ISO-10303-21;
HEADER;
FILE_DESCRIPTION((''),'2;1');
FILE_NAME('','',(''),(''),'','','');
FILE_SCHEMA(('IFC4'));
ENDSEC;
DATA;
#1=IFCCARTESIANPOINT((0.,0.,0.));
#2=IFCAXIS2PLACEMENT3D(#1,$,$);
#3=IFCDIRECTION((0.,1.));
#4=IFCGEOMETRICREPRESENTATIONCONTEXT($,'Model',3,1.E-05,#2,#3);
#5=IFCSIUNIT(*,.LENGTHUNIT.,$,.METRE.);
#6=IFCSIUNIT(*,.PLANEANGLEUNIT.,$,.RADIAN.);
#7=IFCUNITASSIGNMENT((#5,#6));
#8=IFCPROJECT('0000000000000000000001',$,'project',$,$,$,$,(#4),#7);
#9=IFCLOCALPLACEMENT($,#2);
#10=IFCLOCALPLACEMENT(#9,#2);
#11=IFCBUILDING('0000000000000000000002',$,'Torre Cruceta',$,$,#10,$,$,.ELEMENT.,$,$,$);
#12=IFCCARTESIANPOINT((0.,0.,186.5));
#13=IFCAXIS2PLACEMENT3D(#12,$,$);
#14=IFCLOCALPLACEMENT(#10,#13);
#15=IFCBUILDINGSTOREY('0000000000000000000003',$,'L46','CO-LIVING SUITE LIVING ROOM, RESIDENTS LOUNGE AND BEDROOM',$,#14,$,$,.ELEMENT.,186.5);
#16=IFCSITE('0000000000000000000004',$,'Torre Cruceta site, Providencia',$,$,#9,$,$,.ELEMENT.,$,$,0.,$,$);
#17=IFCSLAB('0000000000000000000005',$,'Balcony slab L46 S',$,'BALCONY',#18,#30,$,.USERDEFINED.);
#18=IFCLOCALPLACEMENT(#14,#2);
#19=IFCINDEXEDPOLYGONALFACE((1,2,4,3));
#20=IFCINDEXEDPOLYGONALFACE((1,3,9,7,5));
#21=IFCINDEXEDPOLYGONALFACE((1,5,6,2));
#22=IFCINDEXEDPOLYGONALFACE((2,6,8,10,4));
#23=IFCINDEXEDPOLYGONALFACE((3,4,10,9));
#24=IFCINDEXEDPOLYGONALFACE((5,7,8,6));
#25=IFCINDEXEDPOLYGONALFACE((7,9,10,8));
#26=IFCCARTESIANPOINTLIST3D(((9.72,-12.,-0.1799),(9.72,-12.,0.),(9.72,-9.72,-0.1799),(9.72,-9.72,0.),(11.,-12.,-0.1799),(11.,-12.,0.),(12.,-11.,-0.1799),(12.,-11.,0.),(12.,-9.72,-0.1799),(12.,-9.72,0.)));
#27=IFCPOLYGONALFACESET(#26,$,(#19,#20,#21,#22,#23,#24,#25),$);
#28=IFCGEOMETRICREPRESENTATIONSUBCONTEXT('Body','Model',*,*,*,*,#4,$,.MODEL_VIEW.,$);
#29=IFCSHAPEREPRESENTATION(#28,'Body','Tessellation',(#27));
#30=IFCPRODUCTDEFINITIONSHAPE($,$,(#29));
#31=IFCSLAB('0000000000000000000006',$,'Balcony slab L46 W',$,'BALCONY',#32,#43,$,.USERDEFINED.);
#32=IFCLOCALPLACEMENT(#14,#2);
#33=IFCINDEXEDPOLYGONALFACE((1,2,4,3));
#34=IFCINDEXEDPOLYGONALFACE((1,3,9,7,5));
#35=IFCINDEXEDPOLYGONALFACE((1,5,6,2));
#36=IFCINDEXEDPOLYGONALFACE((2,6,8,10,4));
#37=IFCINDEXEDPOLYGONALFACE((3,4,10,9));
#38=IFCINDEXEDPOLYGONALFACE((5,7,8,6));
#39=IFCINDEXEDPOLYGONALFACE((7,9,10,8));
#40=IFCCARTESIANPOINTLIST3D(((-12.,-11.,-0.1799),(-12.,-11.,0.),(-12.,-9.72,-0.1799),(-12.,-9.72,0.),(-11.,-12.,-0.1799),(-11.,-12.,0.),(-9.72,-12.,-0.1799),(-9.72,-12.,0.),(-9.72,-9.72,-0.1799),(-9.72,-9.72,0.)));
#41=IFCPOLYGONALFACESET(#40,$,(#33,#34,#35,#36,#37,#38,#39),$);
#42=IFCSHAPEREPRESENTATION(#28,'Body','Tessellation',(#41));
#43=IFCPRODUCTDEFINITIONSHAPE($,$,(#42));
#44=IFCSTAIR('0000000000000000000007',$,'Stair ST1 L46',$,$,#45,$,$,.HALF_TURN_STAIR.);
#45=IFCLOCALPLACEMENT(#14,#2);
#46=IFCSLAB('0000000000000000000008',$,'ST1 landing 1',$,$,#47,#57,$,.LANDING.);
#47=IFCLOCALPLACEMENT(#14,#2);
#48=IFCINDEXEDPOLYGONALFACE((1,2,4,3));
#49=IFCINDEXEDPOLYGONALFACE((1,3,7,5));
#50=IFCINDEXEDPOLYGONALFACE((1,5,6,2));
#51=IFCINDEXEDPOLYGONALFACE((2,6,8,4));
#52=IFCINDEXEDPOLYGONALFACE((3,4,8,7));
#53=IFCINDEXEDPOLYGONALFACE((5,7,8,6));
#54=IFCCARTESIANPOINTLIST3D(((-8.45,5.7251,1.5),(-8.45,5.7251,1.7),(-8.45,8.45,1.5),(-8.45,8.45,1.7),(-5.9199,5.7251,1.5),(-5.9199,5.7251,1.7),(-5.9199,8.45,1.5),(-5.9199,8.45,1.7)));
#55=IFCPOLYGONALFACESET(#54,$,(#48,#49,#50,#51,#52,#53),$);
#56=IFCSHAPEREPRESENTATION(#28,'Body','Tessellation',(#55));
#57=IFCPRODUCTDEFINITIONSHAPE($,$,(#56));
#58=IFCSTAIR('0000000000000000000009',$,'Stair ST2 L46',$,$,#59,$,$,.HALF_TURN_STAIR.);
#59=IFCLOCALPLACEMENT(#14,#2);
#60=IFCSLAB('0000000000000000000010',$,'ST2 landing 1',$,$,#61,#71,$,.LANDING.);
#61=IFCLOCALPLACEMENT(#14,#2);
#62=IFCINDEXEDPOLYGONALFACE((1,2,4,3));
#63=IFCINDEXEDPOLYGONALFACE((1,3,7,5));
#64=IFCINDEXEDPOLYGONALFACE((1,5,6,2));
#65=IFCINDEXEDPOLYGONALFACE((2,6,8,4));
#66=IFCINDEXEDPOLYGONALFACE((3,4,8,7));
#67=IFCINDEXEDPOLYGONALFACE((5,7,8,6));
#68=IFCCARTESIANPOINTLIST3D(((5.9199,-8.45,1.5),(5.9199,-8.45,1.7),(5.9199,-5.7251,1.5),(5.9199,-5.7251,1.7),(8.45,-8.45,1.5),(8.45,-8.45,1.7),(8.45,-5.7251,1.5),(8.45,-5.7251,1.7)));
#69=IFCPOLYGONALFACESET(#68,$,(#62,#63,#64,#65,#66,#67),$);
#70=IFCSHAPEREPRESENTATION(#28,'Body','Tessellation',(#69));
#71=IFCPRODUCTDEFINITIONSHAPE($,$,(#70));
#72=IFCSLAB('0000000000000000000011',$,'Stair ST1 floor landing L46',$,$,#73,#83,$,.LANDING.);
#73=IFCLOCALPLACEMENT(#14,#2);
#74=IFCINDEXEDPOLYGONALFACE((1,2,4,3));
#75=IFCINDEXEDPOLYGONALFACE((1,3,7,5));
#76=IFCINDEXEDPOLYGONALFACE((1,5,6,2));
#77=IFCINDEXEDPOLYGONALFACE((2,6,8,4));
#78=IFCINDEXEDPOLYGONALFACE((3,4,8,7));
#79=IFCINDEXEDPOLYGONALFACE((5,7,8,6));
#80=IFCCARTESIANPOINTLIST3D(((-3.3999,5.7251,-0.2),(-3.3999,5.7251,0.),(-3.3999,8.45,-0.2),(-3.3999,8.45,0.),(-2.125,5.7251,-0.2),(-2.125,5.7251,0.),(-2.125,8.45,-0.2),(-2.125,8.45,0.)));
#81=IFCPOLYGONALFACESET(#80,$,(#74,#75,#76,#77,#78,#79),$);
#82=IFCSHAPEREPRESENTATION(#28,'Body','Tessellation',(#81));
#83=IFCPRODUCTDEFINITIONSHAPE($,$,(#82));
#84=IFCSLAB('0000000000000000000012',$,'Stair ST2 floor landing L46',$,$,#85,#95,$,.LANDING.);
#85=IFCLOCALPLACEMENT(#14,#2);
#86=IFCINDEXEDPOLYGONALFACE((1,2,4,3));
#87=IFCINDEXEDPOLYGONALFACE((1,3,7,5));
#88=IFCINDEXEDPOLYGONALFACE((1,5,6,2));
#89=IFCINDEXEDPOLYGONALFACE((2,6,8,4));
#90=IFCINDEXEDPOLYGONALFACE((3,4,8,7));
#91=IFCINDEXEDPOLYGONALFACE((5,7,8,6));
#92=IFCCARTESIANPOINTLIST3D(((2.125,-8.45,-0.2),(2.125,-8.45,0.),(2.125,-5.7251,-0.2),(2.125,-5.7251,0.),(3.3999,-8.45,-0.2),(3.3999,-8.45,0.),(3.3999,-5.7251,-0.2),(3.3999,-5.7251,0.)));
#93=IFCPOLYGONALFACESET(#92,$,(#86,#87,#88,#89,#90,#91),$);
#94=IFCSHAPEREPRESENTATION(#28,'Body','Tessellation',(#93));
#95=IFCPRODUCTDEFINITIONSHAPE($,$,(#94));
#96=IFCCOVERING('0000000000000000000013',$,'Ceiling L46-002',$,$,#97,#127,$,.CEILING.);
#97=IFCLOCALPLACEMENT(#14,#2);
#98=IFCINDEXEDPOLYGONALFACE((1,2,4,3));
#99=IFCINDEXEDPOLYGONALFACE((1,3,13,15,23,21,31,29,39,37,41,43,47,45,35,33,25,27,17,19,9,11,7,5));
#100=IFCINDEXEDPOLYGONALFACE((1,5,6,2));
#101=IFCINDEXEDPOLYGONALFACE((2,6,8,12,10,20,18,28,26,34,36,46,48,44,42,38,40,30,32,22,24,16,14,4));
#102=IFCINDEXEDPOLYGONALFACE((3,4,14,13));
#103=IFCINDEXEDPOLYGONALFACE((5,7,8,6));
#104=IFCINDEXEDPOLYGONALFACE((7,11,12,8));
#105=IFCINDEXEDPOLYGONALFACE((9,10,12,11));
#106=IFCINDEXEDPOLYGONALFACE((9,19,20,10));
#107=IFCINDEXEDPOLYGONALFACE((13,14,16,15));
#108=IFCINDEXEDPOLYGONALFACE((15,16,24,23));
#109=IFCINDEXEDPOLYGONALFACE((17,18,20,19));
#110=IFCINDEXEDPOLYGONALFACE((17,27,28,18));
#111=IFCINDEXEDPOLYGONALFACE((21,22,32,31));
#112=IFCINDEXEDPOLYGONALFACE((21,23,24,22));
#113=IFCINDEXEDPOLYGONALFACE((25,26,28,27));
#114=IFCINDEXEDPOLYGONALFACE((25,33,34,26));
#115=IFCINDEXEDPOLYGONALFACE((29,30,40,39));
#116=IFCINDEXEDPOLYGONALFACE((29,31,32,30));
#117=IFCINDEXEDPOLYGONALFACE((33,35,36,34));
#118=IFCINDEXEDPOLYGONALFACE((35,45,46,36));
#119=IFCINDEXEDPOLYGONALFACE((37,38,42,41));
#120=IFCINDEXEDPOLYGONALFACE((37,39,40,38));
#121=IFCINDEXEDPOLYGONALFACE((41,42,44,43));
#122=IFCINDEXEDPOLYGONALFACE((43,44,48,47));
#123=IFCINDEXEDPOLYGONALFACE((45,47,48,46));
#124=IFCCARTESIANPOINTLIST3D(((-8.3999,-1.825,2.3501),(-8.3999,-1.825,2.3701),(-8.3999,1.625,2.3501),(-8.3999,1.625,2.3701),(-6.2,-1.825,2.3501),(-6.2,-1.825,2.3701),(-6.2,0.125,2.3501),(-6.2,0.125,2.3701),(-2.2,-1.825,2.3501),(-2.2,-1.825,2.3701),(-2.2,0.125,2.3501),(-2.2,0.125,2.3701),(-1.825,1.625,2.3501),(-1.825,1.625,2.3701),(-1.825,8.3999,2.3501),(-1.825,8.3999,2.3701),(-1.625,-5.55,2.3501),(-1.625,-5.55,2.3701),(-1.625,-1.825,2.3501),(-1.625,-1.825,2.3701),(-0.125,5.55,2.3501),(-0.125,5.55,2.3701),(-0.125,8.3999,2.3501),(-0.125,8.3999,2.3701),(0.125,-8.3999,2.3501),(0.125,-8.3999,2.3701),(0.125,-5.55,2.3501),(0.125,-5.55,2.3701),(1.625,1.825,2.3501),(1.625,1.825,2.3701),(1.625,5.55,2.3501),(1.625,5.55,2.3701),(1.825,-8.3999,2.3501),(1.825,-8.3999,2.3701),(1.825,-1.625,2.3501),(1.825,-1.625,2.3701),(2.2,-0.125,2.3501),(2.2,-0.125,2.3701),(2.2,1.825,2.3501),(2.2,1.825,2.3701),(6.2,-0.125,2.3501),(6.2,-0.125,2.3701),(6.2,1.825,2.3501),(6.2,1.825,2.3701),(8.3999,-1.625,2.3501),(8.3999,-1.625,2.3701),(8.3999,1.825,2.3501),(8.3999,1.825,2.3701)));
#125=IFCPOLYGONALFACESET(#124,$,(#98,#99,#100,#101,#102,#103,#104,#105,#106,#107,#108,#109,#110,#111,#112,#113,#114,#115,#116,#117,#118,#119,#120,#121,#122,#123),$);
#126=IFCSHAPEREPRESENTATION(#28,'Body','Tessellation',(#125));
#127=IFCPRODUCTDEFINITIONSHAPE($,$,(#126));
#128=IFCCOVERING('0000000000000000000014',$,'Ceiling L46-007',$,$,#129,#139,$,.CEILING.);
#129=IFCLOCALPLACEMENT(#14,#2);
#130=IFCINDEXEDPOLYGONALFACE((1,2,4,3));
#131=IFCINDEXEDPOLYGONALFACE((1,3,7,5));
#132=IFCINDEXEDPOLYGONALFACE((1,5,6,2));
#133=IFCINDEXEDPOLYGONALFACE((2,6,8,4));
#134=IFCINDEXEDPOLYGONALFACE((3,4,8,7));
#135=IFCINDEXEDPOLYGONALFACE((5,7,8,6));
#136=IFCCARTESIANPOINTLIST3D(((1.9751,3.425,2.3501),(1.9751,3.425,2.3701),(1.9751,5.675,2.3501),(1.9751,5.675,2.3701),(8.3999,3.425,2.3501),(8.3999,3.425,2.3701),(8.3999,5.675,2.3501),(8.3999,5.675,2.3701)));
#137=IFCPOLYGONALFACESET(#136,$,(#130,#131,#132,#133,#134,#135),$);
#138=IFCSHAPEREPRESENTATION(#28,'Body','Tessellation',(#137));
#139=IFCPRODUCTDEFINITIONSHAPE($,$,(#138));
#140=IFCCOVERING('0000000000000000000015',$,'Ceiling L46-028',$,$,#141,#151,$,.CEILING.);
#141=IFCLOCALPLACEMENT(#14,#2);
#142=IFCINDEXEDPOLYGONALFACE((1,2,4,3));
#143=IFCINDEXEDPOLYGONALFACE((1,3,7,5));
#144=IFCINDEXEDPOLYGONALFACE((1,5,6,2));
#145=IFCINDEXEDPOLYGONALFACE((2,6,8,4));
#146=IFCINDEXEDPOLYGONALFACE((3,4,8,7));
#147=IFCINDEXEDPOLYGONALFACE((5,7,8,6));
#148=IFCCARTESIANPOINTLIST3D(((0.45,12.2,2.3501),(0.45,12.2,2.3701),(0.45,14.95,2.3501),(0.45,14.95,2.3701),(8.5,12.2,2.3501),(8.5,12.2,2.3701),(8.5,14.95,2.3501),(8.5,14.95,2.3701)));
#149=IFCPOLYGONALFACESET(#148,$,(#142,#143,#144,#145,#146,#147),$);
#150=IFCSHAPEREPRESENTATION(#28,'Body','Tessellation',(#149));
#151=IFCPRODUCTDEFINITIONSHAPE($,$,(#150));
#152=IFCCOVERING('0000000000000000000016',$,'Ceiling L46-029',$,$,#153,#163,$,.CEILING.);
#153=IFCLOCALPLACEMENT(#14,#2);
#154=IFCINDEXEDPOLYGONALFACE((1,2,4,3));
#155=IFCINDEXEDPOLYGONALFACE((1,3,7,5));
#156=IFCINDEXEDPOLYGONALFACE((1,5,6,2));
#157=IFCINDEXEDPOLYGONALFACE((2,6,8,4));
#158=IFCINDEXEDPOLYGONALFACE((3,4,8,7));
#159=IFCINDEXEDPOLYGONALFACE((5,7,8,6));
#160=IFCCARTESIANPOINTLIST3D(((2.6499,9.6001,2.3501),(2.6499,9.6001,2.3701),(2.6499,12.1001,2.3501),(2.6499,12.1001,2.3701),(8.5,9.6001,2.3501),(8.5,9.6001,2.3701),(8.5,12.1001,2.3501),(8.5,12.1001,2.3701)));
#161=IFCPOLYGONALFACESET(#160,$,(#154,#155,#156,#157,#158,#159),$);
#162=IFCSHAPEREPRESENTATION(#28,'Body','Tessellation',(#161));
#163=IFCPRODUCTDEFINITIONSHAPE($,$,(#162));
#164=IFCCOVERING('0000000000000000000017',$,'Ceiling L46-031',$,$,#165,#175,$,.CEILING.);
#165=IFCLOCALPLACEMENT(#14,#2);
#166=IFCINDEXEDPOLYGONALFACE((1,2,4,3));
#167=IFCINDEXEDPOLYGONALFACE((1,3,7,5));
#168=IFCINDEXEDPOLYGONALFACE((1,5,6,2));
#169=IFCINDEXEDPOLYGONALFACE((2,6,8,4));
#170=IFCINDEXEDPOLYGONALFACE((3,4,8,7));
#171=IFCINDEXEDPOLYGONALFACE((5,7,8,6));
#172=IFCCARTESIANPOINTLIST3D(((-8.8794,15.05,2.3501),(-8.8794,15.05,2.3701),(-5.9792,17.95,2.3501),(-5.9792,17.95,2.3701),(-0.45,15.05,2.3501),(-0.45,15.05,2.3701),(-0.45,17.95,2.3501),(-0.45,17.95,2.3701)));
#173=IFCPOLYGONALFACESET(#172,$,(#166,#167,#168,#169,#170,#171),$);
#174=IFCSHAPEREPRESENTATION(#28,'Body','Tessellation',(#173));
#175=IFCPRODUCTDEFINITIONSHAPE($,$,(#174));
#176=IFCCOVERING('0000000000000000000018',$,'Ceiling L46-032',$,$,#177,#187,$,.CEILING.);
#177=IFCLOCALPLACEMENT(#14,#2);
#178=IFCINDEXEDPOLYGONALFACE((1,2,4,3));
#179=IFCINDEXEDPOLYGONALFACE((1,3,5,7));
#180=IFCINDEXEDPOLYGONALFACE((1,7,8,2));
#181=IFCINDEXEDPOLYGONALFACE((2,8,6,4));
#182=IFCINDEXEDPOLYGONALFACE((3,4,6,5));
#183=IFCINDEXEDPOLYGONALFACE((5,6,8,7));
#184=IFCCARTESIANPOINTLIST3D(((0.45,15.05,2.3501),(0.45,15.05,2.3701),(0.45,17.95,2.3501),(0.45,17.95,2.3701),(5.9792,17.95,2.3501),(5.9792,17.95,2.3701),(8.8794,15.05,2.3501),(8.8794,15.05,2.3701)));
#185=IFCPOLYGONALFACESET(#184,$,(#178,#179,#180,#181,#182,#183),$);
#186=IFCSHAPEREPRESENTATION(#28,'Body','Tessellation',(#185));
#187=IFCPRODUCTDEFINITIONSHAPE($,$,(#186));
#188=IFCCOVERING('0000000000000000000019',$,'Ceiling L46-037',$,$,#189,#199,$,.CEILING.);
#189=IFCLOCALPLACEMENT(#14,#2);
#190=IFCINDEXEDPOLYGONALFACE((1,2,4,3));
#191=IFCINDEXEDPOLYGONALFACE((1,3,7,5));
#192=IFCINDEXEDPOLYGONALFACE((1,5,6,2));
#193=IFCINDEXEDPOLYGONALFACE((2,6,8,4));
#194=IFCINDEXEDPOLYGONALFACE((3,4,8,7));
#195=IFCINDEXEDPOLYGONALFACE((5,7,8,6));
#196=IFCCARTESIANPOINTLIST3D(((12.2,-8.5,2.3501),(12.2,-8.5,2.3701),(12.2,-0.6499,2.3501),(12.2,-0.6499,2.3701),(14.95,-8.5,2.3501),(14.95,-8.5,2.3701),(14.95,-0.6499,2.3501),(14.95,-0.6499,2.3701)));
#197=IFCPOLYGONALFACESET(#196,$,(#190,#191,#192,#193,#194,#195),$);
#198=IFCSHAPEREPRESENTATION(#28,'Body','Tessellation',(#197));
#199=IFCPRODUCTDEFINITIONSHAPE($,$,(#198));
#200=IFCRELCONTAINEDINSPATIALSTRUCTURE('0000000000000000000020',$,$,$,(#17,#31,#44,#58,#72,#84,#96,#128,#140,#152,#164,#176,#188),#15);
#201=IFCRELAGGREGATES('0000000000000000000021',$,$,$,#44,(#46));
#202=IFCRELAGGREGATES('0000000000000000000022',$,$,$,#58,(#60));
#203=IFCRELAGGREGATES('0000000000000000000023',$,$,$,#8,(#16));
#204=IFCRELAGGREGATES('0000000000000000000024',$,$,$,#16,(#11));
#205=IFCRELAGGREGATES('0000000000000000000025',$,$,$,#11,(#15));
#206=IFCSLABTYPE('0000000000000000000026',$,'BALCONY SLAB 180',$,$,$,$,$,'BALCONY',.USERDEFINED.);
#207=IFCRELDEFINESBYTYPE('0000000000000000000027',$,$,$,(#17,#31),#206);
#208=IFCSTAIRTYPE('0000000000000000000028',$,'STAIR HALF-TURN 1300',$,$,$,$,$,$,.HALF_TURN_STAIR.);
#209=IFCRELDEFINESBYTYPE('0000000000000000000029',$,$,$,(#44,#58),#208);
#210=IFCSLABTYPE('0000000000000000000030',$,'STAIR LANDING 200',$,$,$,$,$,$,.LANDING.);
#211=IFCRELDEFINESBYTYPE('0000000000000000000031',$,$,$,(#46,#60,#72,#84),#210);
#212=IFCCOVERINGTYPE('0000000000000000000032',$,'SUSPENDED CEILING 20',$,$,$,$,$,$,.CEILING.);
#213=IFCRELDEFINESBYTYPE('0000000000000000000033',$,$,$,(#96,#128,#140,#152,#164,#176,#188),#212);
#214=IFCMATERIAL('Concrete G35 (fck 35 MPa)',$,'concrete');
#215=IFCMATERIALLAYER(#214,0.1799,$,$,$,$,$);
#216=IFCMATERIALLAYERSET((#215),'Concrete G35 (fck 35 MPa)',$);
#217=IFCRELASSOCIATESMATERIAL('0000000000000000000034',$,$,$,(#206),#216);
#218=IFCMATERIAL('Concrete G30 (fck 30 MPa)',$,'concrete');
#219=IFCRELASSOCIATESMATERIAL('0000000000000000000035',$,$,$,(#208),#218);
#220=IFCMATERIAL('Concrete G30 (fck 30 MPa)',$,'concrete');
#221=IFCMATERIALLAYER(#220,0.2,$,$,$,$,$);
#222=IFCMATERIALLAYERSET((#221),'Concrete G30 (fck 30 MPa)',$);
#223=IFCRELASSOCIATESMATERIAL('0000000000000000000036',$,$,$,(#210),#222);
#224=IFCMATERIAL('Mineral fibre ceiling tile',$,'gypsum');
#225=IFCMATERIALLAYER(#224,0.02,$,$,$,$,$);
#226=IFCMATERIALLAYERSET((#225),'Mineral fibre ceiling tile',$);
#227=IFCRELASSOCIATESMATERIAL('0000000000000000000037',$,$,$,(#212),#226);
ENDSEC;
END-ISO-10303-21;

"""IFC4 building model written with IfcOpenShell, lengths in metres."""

from ifc_helpers import new_model, si_unit, direction, frame, origin, place, context, subcontext, project, spatial, polyline, outline, extrude, material, layer, layer_set, type_object, element, aggregate, save


model = new_model("IFC4")

# Units and contexts
model_context = context("Model", 3, precision=1e-05, world=origin(), true_north=direction((0.0, 1.0)))
body_context = subcontext(model_context, "Body", "Model", "MODEL_VIEW")
ifc_project = project(units=[si_unit("LENGTHUNIT", "METRE"), si_unit("PLANEANGLEUNIT", "RADIAN")], contexts=[model_context])

# Site, building, storey
site_placement = place(None, origin())
site = spatial("IfcSite", under=ifc_project, at=site_placement, Name="Torre Cruceta site, Providencia", CompositionType="ELEMENT", RefElevation=0.0)
building_placement = place(site_placement, origin())
building = spatial("IfcBuilding", under=site, at=building_placement, Name="Torre Cruceta", CompositionType="ELEMENT")
storey_placement = place(building_placement, frame((0.0, 0.0, 186.5)))
storey = spatial("IfcBuildingStorey", under=building, at=storey_placement, Name="L46", Description="CO-LIVING SUITE LIVING ROOM, RESIDENTS LOUNGE AND BEDROOM", CompositionType="ELEMENT", Elevation=186.5)

# Slabs
ifc_material_1 = material(Name="Concrete G35 (fck 35 MPa)", Category="concrete")
ifc_layer_1 = layer(ifc_material_1, 0.1799)
ifc_layer_set_1 = layer_set([ifc_layer_1], Name="Concrete G35 (fck 35 MPa)")
slab_type_1 = type_object("IfcSlabType", Name="BALCONY SLAB 180", ElementType="BALCONY", PredefinedType="USERDEFINED", material=ifc_layer_set_1)
slab_1_placement = place(storey_placement, frame((0.0, 0.0, -0.1799)))
element("IfcSlab", 1, at=slab_1_placement, inside=storey, type_object=slab_type_1, Name="Balcony slab L46 S", ObjectType="BALCONY", PredefinedType="USERDEFINED", context=body_context, shape_type="SweptSolid", body=[
    extrude(outline(polyline([(12.0, -11.0), (11.0, -12.0), (9.72, -12.0), (9.72, -9.72), (12.0, -9.72), (12.0, -11.0)])), origin(), (0.0, 0.0, 1.0), 0.1799),
])
slab_2_placement = place(storey_placement, frame((0.0, 0.0, -0.1799)))
element("IfcSlab", 2, at=slab_2_placement, inside=storey, type_object=slab_type_1, Name="Balcony slab L46 W", ObjectType="BALCONY", PredefinedType="USERDEFINED", context=body_context, shape_type="SweptSolid", body=[
    extrude(outline(polyline([(-11.0, -12.0), (-12.0, -11.0), (-12.0, -9.72), (-9.72, -9.72), (-9.72, -12.0), (-11.0, -12.0)])), origin(), (0.0, 0.0, 1.0), 0.1799),
])

# Stairs, slabs
ifc_material_2 = material(Name="Concrete G30 (fck 30 MPa)", Category="concrete")
stair_type = type_object("IfcStairType", Name="STAIR HALF-TURN 1300", PredefinedType="HALF_TURN_STAIR", material=ifc_material_2)
stair_1_placement = place(storey_placement, origin())
stair_1 = element("IfcStair", 3, at=stair_1_placement, inside=storey, type_object=stair_type, Name="Stair ST1 L46", PredefinedType="HALF_TURN_STAIR")
ifc_material_3 = material(Name="Concrete G30 (fck 30 MPa)", Category="concrete")
ifc_layer_2 = layer(ifc_material_3, 0.2)
ifc_layer_set_2 = layer_set([ifc_layer_2], Name="Concrete G30 (fck 30 MPa)")
slab_type_2 = type_object("IfcSlabType", Name="STAIR LANDING 200", PredefinedType="LANDING", material=ifc_layer_set_2)
slab_3_placement = place(storey_placement, frame((0.0, 0.0, 1.5)))
slab_3 = element("IfcSlab", 4, at=slab_3_placement, type_object=slab_type_2, Name="ST1 landing 1", PredefinedType="LANDING", context=body_context, shape_type="SweptSolid", body=[
    extrude(outline(polyline([(-8.45, 5.7251), (-5.9199, 5.7251), (-5.9199, 8.45), (-8.45, 8.45), (-8.45, 5.7251)])), origin(), (0.0, 0.0, 1.0), 0.2),
])
aggregate(stair_1, [slab_3])
stair_2_placement = place(storey_placement, origin())
stair_2 = element("IfcStair", 5, at=stair_2_placement, inside=storey, type_object=stair_type, Name="Stair ST2 L46", PredefinedType="HALF_TURN_STAIR")
slab_4_placement = place(storey_placement, frame((0.0, 0.0, 1.5)))
slab_4 = element("IfcSlab", 6, at=slab_4_placement, type_object=slab_type_2, Name="ST2 landing 1", PredefinedType="LANDING", context=body_context, shape_type="SweptSolid", body=[
    extrude(outline(polyline([(5.9199, -8.45), (8.45, -8.45), (8.45, -5.7251), (5.9199, -5.7251), (5.9199, -8.45)])), origin(), (0.0, 0.0, 1.0), 0.2),
])
aggregate(stair_2, [slab_4])

# Slabs
slab_5_placement = place(storey_placement, frame((0.0, 0.0, -0.2)))
element("IfcSlab", 7, at=slab_5_placement, inside=storey, type_object=slab_type_2, Name="Stair ST1 floor landing L46", PredefinedType="LANDING", context=body_context, shape_type="SweptSolid", body=[
    extrude(outline(polyline([(-2.125, 8.45), (-2.125, 5.7251), (-3.3999, 5.7251), (-3.3999, 8.45), (-2.125, 8.45)])), origin(), (0.0, 0.0, 1.0), 0.2),
])
slab_6_placement = place(storey_placement, frame((0.0, 0.0, -0.2)))
element("IfcSlab", 8, at=slab_6_placement, inside=storey, type_object=slab_type_2, Name="Stair ST2 floor landing L46", PredefinedType="LANDING", context=body_context, shape_type="SweptSolid", body=[
    extrude(outline(polyline([(2.125, -8.45), (2.125, -5.7251), (3.3999, -5.7251), (3.3999, -8.45), (2.125, -8.45)])), origin(), (0.0, 0.0, 1.0), 0.2),
])

# Coverings
ifc_material_4 = material(Name="Mineral fibre ceiling tile", Category="gypsum")
ifc_layer_3 = layer(ifc_material_4, 0.02)
ifc_layer_set_3 = layer_set([ifc_layer_3], Name="Mineral fibre ceiling tile")
covering_type = type_object("IfcCoveringType", Name="SUSPENDED CEILING 20", PredefinedType="CEILING", material=ifc_layer_set_3)
covering_1_placement = place(storey_placement, frame((0.0, 0.0, 2.3501)))
element("IfcCovering", 9, at=covering_1_placement, inside=storey, type_object=covering_type, Name="Ceiling L46-002", PredefinedType="CEILING", context=body_context, shape_type="SweptSolid", body=[
    extrude(outline(polyline([(1.825, -8.3999), (0.125, -8.3999), (0.125, -5.55), (-1.625, -5.55), (-1.625, -1.825), (-2.2, -1.825), (-2.2, 0.125), (-6.2, 0.125), (-6.2, -1.825), (-8.3999, -1.825), (-8.3999, 1.625), (-1.825, 1.625), (-1.825, 8.3999), (-0.125, 8.3999), (-0.125, 5.55), (1.625, 5.55), (1.625, 1.825), (2.2, 1.825), (2.2, -0.125), (6.2, -0.125), (6.2, 1.825), (8.3999, 1.825), (8.3999, -1.625), (1.825, -1.625), (1.825, -8.3999)])), origin(), (0.0, 0.0, 1.0), 0.02),
])
covering_2_placement = place(storey_placement, frame((0.0, 0.0, 2.3501)))
element("IfcCovering", 10, at=covering_2_placement, inside=storey, type_object=covering_type, Name="Ceiling L46-007", PredefinedType="CEILING", context=body_context, shape_type="SweptSolid", body=[
    extrude(outline(polyline([(1.9751, 3.425), (1.9751, 5.675), (8.3999, 5.675), (8.3999, 3.425), (1.9751, 3.425)])), origin(), (0.0, 0.0, 1.0), 0.02),
])
covering_3_placement = place(storey_placement, frame((0.0, 0.0, 2.3501)))
element("IfcCovering", 11, at=covering_3_placement, inside=storey, type_object=covering_type, Name="Ceiling L46-028", PredefinedType="CEILING", context=body_context, shape_type="SweptSolid", body=[
    extrude(outline(polyline([(8.5, 14.95), (8.5, 12.2), (0.45, 12.2), (0.45, 14.95), (8.5, 14.95)])), origin(), (0.0, 0.0, 1.0), 0.02),
])
covering_4_placement = place(storey_placement, frame((0.0, 0.0, 2.3501)))
element("IfcCovering", 12, at=covering_4_placement, inside=storey, type_object=covering_type, Name="Ceiling L46-029", PredefinedType="CEILING", context=body_context, shape_type="SweptSolid", body=[
    extrude(outline(polyline([(8.5, 9.6001), (2.6499, 9.6001), (2.6499, 12.1001), (8.5, 12.1001), (8.5, 9.6001)])), origin(), (0.0, 0.0, 1.0), 0.02),
])
covering_5_placement = place(storey_placement, frame((0.0, 0.0, 2.3501)))
element("IfcCovering", 13, at=covering_5_placement, inside=storey, type_object=covering_type, Name="Ceiling L46-031", PredefinedType="CEILING", context=body_context, shape_type="SweptSolid", body=[
    extrude(outline(polyline([(-5.9792, 17.95), (-0.45, 17.95), (-0.45, 15.05), (-8.8794, 15.05), (-5.9792, 17.95)])), origin(), (0.0, 0.0, 1.0), 0.02),
])
covering_6_placement = place(storey_placement, frame((0.0, 0.0, 2.3501)))
element("IfcCovering", 14, at=covering_6_placement, inside=storey, type_object=covering_type, Name="Ceiling L46-032", PredefinedType="CEILING", context=body_context, shape_type="SweptSolid", body=[
    extrude(outline(polyline([(8.8794, 15.05), (0.45, 15.05), (0.45, 17.95), (5.9792, 17.95), (8.8794, 15.05)])), origin(), (0.0, 0.0, 1.0), 0.02),
])
covering_7_placement = place(storey_placement, frame((0.0, 0.0, 2.3501)))
element("IfcCovering", 15, at=covering_7_placement, inside=storey, type_object=covering_type, Name="Ceiling L46-037", PredefinedType="CEILING", context=body_context, shape_type="SweptSolid", body=[
    extrude(outline(polyline([(14.95, -8.5), (12.2, -8.5), (12.2, -0.6499), (14.95, -0.6499), (14.95, -8.5)])), origin(), (0.0, 0.0, 1.0), 0.02),
])

save(model, "model.ifc")
